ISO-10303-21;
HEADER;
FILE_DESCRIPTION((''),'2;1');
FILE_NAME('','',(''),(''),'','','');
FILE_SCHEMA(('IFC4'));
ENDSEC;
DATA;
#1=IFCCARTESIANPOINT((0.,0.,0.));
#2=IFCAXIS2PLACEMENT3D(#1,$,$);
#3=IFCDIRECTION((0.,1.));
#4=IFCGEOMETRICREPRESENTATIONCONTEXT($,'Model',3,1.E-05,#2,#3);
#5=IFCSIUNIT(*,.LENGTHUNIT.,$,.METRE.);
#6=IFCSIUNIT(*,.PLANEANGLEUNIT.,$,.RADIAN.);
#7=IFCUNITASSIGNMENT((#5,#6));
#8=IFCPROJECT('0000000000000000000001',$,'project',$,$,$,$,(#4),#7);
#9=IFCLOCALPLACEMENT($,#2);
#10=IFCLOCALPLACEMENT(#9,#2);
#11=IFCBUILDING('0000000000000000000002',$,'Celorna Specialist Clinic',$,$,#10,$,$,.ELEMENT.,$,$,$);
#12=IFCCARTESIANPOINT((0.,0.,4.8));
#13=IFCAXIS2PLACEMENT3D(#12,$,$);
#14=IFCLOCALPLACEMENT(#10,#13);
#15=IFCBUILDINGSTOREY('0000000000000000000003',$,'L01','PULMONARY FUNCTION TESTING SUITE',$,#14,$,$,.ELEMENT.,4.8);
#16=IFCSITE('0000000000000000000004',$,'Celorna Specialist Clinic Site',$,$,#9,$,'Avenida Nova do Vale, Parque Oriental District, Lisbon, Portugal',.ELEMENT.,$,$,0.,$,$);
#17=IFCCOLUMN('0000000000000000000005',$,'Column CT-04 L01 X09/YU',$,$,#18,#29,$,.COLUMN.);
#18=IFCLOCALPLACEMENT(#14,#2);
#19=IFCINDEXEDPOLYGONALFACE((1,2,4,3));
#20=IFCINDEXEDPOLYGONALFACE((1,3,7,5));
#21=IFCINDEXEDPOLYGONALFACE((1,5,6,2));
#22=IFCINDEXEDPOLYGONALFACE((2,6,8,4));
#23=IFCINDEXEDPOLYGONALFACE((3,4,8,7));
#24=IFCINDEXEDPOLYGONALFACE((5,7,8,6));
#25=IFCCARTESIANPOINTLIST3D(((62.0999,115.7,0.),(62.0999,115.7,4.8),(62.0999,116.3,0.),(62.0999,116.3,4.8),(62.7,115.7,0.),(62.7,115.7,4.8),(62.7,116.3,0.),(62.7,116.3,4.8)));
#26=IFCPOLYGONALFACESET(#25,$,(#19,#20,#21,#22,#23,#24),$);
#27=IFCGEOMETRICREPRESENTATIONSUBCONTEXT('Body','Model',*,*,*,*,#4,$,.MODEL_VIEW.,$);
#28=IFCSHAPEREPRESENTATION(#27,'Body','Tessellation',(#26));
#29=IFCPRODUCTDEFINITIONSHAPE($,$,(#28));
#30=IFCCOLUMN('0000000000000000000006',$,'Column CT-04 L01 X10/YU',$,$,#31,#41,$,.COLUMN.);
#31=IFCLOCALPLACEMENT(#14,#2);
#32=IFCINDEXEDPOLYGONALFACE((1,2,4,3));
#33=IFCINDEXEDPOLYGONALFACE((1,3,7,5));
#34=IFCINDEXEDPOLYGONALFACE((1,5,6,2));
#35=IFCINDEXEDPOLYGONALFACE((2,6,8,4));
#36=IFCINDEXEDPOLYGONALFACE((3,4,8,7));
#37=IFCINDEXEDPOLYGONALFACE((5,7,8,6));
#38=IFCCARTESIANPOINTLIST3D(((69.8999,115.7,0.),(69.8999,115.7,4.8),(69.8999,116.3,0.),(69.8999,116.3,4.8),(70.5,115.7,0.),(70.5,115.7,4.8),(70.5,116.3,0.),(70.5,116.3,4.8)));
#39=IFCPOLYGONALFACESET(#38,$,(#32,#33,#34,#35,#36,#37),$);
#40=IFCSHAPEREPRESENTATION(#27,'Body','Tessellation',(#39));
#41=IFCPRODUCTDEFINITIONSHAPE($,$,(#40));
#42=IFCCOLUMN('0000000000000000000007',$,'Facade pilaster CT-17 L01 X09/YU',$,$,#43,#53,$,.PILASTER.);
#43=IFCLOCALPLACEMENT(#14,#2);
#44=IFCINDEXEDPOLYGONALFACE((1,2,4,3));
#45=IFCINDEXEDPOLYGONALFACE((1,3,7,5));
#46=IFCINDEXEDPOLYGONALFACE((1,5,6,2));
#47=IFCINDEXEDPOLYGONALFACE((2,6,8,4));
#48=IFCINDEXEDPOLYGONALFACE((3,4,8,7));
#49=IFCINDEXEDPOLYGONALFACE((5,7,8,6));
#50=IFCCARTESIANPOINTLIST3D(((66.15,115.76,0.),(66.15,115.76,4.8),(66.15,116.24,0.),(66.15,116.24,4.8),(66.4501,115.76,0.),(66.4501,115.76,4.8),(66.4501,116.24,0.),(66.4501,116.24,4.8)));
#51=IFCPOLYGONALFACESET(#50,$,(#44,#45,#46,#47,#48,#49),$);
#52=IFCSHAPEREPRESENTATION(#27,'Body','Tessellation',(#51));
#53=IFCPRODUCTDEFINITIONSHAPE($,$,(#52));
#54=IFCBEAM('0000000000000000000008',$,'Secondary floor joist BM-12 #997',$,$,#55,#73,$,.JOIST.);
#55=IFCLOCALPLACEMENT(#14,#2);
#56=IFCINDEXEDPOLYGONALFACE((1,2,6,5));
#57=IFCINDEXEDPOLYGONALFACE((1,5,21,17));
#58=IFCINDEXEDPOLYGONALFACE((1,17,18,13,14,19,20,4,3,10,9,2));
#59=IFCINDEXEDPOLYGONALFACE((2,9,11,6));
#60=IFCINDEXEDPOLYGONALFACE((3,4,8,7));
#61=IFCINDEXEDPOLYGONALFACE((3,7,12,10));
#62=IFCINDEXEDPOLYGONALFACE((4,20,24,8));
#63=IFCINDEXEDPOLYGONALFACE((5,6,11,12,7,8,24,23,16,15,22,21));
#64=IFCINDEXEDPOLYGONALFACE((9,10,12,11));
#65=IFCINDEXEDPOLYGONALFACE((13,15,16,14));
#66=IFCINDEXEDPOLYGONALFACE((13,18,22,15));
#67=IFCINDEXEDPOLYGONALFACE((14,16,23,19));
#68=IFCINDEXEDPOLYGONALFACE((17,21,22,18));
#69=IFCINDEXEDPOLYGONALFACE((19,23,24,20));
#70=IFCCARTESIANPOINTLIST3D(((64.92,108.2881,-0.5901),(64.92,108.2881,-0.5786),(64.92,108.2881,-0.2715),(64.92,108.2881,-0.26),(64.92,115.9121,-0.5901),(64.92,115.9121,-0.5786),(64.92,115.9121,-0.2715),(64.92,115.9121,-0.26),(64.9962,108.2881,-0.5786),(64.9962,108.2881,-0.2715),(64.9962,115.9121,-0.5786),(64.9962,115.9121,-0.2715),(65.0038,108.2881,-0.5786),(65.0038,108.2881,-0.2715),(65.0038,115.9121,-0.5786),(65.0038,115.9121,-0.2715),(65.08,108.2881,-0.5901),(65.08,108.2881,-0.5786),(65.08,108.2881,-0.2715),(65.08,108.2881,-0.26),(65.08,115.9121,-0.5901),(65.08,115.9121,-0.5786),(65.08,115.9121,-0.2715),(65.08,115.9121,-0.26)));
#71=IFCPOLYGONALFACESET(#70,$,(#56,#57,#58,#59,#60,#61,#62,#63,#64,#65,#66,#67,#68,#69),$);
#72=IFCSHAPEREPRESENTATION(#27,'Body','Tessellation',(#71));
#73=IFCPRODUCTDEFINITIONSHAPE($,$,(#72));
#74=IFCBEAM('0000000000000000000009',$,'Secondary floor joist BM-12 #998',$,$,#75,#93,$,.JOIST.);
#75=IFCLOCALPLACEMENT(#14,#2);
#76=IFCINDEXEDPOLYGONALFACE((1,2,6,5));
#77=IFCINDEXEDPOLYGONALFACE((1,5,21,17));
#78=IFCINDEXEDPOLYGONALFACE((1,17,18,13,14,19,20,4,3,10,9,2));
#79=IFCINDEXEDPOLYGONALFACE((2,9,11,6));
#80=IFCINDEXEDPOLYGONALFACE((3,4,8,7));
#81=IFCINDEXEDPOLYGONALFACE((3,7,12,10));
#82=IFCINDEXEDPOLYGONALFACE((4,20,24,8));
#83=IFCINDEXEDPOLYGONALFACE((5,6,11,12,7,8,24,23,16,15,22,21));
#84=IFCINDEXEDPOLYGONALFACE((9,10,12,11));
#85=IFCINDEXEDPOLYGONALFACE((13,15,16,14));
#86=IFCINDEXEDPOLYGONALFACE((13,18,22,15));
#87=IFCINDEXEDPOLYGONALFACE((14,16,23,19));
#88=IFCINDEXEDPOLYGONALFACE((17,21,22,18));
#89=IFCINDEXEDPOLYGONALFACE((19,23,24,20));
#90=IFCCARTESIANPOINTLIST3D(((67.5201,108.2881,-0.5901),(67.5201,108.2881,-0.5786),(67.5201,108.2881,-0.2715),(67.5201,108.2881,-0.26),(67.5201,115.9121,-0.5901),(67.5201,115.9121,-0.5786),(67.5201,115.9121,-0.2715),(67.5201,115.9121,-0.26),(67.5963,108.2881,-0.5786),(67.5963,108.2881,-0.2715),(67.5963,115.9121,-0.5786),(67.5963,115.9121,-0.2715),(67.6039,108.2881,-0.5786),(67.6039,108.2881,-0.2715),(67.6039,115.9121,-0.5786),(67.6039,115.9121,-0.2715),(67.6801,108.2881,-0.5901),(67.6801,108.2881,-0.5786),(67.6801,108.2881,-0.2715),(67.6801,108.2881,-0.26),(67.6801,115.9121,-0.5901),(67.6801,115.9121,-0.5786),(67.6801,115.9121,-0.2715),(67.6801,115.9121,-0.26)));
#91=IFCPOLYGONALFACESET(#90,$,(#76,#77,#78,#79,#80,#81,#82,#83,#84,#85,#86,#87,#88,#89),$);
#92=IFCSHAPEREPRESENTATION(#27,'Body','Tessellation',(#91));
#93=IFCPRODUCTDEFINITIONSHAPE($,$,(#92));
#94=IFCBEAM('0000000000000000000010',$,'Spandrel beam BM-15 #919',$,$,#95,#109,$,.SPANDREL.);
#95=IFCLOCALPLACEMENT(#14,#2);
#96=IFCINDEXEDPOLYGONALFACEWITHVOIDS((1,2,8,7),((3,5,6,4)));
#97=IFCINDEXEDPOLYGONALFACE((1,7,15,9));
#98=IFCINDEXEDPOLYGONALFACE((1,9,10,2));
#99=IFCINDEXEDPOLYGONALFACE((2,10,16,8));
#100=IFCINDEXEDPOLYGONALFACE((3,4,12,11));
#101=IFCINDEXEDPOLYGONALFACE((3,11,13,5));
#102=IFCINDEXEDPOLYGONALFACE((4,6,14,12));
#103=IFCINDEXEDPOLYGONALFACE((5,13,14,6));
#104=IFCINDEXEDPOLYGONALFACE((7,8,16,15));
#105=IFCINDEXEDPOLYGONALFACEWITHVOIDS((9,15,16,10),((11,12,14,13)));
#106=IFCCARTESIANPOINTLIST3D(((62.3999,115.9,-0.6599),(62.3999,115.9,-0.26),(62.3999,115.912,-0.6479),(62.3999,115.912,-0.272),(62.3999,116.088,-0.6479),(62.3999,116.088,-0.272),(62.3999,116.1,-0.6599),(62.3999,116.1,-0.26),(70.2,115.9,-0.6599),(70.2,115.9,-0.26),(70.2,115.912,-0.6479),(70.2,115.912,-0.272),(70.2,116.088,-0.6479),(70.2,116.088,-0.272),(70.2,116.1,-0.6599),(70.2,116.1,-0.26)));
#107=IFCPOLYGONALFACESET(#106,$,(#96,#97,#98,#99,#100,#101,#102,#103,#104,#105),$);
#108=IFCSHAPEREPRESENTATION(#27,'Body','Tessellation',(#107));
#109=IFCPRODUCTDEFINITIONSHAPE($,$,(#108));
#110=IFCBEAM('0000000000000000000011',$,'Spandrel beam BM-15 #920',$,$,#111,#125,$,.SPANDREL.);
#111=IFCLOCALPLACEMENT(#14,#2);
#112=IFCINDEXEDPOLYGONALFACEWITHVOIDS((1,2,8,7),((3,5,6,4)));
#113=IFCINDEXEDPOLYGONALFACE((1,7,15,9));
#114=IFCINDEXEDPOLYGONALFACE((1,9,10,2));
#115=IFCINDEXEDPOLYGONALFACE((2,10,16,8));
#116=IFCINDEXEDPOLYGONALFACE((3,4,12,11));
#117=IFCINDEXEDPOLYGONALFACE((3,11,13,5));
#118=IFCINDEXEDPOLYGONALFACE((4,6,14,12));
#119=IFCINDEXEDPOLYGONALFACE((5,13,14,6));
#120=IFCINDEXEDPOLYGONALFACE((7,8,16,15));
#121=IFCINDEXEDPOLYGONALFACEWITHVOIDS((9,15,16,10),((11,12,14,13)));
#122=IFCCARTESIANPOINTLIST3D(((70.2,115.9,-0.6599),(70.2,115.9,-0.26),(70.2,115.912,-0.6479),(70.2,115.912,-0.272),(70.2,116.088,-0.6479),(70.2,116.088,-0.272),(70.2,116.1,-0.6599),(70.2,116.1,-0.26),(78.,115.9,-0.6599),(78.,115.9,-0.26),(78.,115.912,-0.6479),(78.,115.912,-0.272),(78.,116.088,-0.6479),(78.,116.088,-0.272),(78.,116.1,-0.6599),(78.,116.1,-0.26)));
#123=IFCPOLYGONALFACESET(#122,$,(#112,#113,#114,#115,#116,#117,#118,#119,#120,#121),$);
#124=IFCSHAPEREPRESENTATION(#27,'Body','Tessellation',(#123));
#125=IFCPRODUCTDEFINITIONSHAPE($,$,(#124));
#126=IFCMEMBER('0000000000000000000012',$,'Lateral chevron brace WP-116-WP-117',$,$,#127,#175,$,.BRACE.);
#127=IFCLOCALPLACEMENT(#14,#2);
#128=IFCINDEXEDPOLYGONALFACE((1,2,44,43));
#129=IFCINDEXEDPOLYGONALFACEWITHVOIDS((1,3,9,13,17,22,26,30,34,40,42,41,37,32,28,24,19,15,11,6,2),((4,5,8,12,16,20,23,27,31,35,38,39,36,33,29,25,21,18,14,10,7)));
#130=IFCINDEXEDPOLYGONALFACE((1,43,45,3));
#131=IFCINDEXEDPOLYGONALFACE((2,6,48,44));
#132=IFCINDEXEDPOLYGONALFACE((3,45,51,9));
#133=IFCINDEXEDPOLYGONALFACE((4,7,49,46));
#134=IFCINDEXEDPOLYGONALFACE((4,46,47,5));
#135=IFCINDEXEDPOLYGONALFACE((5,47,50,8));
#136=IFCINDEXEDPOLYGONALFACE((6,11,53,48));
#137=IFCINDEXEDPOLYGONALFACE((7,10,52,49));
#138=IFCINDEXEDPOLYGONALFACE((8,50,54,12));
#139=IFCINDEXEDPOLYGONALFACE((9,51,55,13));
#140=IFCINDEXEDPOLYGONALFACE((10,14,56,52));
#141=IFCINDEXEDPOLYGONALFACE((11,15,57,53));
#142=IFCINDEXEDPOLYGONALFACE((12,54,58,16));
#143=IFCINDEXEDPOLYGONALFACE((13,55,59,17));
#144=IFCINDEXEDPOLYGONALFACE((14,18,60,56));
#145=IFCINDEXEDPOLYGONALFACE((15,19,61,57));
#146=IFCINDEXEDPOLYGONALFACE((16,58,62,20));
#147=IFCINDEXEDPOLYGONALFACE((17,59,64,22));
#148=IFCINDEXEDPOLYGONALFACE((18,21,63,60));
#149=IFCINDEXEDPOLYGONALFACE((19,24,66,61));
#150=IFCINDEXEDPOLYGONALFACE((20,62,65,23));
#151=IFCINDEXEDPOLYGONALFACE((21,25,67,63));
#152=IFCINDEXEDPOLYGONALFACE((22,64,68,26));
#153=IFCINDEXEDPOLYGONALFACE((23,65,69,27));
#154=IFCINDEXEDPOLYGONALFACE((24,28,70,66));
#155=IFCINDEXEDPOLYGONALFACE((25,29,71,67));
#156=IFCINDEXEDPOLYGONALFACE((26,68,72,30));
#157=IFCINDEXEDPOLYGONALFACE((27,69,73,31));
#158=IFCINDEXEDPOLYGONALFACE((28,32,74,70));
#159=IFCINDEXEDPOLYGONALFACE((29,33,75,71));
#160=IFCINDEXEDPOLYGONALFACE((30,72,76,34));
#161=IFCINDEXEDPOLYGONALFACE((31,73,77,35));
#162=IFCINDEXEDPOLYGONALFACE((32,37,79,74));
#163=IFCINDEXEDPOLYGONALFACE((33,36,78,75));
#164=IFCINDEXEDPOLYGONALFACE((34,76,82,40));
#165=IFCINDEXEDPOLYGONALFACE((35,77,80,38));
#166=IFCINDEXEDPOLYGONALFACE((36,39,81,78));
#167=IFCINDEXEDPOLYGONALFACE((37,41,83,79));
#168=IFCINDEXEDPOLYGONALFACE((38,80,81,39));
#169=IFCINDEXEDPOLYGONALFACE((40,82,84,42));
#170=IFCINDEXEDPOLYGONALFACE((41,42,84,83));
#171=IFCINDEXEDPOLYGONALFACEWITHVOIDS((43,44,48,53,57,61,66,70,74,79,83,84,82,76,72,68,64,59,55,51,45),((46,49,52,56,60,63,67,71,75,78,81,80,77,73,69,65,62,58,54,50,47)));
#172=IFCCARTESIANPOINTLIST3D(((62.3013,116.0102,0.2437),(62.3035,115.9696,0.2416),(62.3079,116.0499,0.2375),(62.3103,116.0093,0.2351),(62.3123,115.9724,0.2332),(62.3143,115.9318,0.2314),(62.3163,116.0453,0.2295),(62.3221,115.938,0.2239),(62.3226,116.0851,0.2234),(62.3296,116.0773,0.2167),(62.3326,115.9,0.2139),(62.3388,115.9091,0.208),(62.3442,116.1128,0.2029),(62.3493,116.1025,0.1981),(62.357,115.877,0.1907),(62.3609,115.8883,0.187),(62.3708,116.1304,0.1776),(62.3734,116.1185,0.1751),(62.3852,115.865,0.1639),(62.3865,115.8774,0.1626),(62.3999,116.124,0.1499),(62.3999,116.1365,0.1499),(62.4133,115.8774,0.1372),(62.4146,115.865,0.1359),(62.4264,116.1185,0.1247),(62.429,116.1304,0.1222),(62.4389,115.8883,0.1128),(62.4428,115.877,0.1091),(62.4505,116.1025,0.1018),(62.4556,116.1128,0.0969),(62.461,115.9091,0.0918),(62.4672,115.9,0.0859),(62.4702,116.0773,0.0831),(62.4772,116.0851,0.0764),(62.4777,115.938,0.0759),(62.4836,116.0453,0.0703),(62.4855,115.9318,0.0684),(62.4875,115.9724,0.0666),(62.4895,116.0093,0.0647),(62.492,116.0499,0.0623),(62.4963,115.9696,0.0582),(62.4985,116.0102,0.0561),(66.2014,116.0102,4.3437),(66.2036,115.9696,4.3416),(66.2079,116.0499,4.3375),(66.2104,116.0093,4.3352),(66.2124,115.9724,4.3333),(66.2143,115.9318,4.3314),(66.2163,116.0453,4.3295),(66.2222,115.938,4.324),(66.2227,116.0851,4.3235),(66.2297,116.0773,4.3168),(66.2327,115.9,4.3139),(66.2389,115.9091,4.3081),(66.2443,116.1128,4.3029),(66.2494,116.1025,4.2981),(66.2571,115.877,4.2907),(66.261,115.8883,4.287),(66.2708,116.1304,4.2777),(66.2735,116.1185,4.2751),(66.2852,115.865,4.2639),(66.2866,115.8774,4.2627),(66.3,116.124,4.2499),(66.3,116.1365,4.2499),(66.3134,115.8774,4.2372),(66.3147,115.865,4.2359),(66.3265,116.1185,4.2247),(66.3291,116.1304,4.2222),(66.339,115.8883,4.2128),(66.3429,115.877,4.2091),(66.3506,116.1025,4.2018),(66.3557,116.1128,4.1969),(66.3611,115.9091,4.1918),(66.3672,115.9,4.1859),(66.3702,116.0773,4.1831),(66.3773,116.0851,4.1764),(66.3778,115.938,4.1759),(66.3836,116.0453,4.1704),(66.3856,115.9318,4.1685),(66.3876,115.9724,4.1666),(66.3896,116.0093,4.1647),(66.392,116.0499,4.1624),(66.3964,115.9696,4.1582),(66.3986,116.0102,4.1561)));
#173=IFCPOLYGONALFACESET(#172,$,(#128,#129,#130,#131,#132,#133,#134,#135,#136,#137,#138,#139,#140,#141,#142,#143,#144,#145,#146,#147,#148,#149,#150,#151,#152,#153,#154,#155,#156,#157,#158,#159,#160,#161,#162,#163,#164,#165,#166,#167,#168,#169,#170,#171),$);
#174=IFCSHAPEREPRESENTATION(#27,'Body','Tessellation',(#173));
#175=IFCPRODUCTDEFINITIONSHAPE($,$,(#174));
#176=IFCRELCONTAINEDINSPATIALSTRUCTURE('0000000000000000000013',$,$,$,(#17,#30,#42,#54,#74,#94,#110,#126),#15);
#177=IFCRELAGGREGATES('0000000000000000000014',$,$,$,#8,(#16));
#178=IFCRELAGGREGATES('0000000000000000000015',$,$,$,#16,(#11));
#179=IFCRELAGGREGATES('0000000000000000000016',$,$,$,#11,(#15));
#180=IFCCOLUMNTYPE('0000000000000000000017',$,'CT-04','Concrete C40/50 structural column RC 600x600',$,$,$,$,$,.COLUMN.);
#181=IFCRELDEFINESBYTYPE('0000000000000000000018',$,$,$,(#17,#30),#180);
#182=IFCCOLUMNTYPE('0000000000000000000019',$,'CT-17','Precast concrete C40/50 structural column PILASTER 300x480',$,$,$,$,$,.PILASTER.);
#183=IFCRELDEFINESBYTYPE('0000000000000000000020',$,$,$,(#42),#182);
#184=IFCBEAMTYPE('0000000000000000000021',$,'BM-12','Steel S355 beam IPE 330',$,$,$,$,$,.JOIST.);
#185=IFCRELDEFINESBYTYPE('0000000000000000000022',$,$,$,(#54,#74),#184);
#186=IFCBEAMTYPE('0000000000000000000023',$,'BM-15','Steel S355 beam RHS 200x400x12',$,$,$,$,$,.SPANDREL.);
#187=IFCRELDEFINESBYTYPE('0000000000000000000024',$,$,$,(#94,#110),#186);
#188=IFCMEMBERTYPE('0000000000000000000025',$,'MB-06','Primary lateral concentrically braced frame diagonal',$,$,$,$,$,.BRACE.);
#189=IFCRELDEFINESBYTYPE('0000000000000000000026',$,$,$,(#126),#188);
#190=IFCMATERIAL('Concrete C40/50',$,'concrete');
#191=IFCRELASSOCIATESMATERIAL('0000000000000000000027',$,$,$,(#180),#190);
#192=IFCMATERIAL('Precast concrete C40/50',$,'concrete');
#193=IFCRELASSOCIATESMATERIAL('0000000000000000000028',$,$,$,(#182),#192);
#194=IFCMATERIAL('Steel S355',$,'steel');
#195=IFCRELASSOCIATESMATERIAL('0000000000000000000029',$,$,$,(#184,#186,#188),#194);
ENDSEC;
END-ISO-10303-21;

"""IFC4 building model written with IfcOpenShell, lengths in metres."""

from ifc_helpers import new_model, si_unit, direction, frame, origin, origin_2d, place, context, subcontext, project, spatial, rectangle, hollow_rectangle, hollow_circle, i_section, extrude, material, material_profile, profile_set, type_object, element, save


model = new_model("IFC4")

# Units and contexts
model_context = context("Model", 3, precision=1e-05, world=origin(), true_north=direction((0.0, 1.0)))
body_context = subcontext(model_context, "Body", "Model", "MODEL_VIEW")
ifc_project = project(units=[si_unit("LENGTHUNIT", "METRE"), si_unit("PLANEANGLEUNIT", "RADIAN")], contexts=[model_context])

# Site, building, storey
site_placement = place(None, origin())
site = spatial("IfcSite", under=ifc_project, at=site_placement, Name="Celorna Specialist Clinic Site", LongName="Avenida Nova do Vale, Parque Oriental District, Lisbon, Portugal", CompositionType="ELEMENT", RefElevation=0.0)
building_placement = place(site_placement, origin())
building = spatial("IfcBuilding", under=site, at=building_placement, Name="Celorna Specialist Clinic", CompositionType="ELEMENT")
storey_placement = place(building_placement, frame((0.0, 0.0, 4.8)))
storey = spatial("IfcBuildingStorey", under=building, at=storey_placement, Name="L01", Description="PULMONARY FUNCTION TESTING SUITE", CompositionType="ELEMENT", Elevation=4.8)

# Columns
ifc_material_1 = material(Name="Concrete C40/50", Category="concrete")
ifc_material_profile_1 = material_profile(ifc_material_1, rectangle(XDim=0.6001, YDim=0.6001, at=origin_2d()), Name="RC 600x600")
ifc_profile_set_1 = profile_set([ifc_material_profile_1], Name="Concrete C40/50")
column_type_1 = type_object("IfcColumnType", Name="CT-04", Description="Concrete C40/50 structural column RC 600x600", PredefinedType="COLUMN", material=ifc_profile_set_1)
for number, where, z_axis, x_axis, name in (
    (1, (62.3999, 116.0, 0.0), (0.0, 0.0, 1.0), (1.0, 0.0, 0.0), "Column CT-04 L01 X09/YU"),
    (2, (70.2, 116.0, 0.0), (0.0, 0.0, 1.0), (1.0, 0.0, 0.0), "Column CT-04 L01 X10/YU"),
):
    element("IfcColumn", number, at=place(storey_placement, frame(where, z_axis=z_axis, x_axis=x_axis)), inside=storey, type_object=column_type_1, Name=name, PredefinedType="COLUMN", context=body_context, shape_type="SweptSolid", body=[
        extrude(rectangle(XDim=0.6001, YDim=0.6001, at=origin_2d()), origin(), (0.0, 0.0, 1.0), 4.8),
    ])
ifc_material_2 = material(Name="Precast concrete C40/50", Category="concrete")
ifc_material_profile_2 = material_profile(ifc_material_2, rectangle(XDim=0.3, YDim=0.48, at=origin_2d()), Name="PILASTER 300x480")
ifc_profile_set_2 = profile_set([ifc_material_profile_2], Name="Precast concrete C40/50")
column_type_2 = type_object("IfcColumnType", Name="CT-17", Description="Precast concrete C40/50 structural column PILASTER 300x480", PredefinedType="PILASTER", material=ifc_profile_set_2)
column_placement = place(storey_placement, frame((66.3, 116.0, 0.0), z_axis=(0.0, 0.0, 1.0), x_axis=(1.0, 0.0, 0.0)))
element("IfcColumn", 3, at=column_placement, inside=storey, type_object=column_type_2, Name="Facade pilaster CT-17 L01 X09/YU", PredefinedType="PILASTER", context=body_context, shape_type="SweptSolid", body=[
    extrude(rectangle(XDim=0.3, YDim=0.48, at=origin_2d()), origin(), (0.0, 0.0, 1.0), 4.8),
])

# Beams
ifc_material_3 = material(Name="Steel S355", Category="steel")
ifc_material_profile_3 = material_profile(ifc_material_3, i_section(OverallWidth=0.1599, OverallDepth=0.3301, WebThickness=0.0076, FlangeThickness=0.0115, at=origin_2d()), Name="IPE 330")
ifc_profile_set_3 = profile_set([ifc_material_profile_3], Name="Steel S355")
beam_type_1 = type_object("IfcBeamType", Name="BM-12", Description="Steel S355 beam IPE 330", PredefinedType="JOIST", material=ifc_profile_set_3)
for number, where, z_axis, x_axis, name in (
    (4, (65.0, 108.2881, -0.425), (0.0, 1.0, 0.0), (-1.0, 0.0, 0.0), "Secondary floor joist BM-12 #997"),
    (5, (67.6001, 108.2881, -0.425), (0.0, 1.0, 0.0), (-1.0, 0.0, 0.0), "Secondary floor joist BM-12 #998"),
):
    element("IfcBeam", number, at=place(storey_placement, frame(where, z_axis=z_axis, x_axis=x_axis)), inside=storey, type_object=beam_type_1, Name=name, PredefinedType="JOIST", context=body_context, shape_type="SweptSolid", body=[
        extrude(i_section(OverallWidth=0.1599, OverallDepth=0.3301, WebThickness=0.0076, FlangeThickness=0.0115, at=origin_2d()), origin(), (0.0, 0.0, 1.0), 7.624),
    ])
ifc_material_profile_4 = material_profile(ifc_material_3, hollow_rectangle(XDim=0.2, YDim=0.3999, WallThickness=0.012, at=origin_2d()), Name="RHS 200x400x12")
ifc_profile_set_4 = profile_set([ifc_material_profile_4], Name="Steel S355")
beam_type_2 = type_object("IfcBeamType", Name="BM-15", Description="Steel S355 beam RHS 200x400x12", PredefinedType="SPANDREL", material=ifc_profile_set_4)
for number, where, z_axis, x_axis, name in (
    (6, (62.3999, 116.0, -0.46), (1.0, 0.0, 0.0), (0.0, 1.0, 0.0), "Spandrel beam BM-15 #919"),
    (7, (70.2, 116.0, -0.46), (1.0, 0.0, 0.0), (0.0, 1.0, 0.0), "Spandrel beam BM-15 #920"),
):
    element("IfcBeam", number, at=place(storey_placement, frame(where, z_axis=z_axis, x_axis=x_axis)), inside=storey, type_object=beam_type_2, Name=name, PredefinedType="SPANDREL", context=body_context, shape_type="SweptSolid", body=[
        extrude(hollow_rectangle(XDim=0.2, YDim=0.3999, WallThickness=0.012, at=origin_2d()), origin(), (0.0, 0.0, 1.0), 7.8),
    ])

# Member
ifc_material_profile_5 = material_profile(ifc_material_3, hollow_circle(Radius=0.1365, WallThickness=0.0125, at=origin_2d()), Name="CHS 273x12.5")
ifc_profile_set_5 = profile_set([ifc_material_profile_5], Name="Steel S355")
member_type = type_object("IfcMemberType", Name="MB-06", Description="Primary lateral concentrically braced frame diagonal", PredefinedType="BRACE", material=ifc_profile_set_5)
for number, where, z_axis, x_axis, name in (
    (8, (62.3999, 116.0, 0.1499), (0.689219, 0.0, 0.724553), (0.0, 1.0, 0.0), "Lateral chevron brace WP-116-WP-117"),
):
    element("IfcMember", number, at=place(storey_placement, frame(where, z_axis=z_axis, x_axis=x_axis)), inside=storey, type_object=member_type, Name=name, PredefinedType="BRACE", context=body_context, shape_type="SweptSolid", body=[
        extrude(hollow_circle(Radius=0.1365, WallThickness=0.0125, at=origin_2d()), origin(), (0.0, 0.0, 1.0), 5.6587),
    ])

save(model, "model.ifc")
